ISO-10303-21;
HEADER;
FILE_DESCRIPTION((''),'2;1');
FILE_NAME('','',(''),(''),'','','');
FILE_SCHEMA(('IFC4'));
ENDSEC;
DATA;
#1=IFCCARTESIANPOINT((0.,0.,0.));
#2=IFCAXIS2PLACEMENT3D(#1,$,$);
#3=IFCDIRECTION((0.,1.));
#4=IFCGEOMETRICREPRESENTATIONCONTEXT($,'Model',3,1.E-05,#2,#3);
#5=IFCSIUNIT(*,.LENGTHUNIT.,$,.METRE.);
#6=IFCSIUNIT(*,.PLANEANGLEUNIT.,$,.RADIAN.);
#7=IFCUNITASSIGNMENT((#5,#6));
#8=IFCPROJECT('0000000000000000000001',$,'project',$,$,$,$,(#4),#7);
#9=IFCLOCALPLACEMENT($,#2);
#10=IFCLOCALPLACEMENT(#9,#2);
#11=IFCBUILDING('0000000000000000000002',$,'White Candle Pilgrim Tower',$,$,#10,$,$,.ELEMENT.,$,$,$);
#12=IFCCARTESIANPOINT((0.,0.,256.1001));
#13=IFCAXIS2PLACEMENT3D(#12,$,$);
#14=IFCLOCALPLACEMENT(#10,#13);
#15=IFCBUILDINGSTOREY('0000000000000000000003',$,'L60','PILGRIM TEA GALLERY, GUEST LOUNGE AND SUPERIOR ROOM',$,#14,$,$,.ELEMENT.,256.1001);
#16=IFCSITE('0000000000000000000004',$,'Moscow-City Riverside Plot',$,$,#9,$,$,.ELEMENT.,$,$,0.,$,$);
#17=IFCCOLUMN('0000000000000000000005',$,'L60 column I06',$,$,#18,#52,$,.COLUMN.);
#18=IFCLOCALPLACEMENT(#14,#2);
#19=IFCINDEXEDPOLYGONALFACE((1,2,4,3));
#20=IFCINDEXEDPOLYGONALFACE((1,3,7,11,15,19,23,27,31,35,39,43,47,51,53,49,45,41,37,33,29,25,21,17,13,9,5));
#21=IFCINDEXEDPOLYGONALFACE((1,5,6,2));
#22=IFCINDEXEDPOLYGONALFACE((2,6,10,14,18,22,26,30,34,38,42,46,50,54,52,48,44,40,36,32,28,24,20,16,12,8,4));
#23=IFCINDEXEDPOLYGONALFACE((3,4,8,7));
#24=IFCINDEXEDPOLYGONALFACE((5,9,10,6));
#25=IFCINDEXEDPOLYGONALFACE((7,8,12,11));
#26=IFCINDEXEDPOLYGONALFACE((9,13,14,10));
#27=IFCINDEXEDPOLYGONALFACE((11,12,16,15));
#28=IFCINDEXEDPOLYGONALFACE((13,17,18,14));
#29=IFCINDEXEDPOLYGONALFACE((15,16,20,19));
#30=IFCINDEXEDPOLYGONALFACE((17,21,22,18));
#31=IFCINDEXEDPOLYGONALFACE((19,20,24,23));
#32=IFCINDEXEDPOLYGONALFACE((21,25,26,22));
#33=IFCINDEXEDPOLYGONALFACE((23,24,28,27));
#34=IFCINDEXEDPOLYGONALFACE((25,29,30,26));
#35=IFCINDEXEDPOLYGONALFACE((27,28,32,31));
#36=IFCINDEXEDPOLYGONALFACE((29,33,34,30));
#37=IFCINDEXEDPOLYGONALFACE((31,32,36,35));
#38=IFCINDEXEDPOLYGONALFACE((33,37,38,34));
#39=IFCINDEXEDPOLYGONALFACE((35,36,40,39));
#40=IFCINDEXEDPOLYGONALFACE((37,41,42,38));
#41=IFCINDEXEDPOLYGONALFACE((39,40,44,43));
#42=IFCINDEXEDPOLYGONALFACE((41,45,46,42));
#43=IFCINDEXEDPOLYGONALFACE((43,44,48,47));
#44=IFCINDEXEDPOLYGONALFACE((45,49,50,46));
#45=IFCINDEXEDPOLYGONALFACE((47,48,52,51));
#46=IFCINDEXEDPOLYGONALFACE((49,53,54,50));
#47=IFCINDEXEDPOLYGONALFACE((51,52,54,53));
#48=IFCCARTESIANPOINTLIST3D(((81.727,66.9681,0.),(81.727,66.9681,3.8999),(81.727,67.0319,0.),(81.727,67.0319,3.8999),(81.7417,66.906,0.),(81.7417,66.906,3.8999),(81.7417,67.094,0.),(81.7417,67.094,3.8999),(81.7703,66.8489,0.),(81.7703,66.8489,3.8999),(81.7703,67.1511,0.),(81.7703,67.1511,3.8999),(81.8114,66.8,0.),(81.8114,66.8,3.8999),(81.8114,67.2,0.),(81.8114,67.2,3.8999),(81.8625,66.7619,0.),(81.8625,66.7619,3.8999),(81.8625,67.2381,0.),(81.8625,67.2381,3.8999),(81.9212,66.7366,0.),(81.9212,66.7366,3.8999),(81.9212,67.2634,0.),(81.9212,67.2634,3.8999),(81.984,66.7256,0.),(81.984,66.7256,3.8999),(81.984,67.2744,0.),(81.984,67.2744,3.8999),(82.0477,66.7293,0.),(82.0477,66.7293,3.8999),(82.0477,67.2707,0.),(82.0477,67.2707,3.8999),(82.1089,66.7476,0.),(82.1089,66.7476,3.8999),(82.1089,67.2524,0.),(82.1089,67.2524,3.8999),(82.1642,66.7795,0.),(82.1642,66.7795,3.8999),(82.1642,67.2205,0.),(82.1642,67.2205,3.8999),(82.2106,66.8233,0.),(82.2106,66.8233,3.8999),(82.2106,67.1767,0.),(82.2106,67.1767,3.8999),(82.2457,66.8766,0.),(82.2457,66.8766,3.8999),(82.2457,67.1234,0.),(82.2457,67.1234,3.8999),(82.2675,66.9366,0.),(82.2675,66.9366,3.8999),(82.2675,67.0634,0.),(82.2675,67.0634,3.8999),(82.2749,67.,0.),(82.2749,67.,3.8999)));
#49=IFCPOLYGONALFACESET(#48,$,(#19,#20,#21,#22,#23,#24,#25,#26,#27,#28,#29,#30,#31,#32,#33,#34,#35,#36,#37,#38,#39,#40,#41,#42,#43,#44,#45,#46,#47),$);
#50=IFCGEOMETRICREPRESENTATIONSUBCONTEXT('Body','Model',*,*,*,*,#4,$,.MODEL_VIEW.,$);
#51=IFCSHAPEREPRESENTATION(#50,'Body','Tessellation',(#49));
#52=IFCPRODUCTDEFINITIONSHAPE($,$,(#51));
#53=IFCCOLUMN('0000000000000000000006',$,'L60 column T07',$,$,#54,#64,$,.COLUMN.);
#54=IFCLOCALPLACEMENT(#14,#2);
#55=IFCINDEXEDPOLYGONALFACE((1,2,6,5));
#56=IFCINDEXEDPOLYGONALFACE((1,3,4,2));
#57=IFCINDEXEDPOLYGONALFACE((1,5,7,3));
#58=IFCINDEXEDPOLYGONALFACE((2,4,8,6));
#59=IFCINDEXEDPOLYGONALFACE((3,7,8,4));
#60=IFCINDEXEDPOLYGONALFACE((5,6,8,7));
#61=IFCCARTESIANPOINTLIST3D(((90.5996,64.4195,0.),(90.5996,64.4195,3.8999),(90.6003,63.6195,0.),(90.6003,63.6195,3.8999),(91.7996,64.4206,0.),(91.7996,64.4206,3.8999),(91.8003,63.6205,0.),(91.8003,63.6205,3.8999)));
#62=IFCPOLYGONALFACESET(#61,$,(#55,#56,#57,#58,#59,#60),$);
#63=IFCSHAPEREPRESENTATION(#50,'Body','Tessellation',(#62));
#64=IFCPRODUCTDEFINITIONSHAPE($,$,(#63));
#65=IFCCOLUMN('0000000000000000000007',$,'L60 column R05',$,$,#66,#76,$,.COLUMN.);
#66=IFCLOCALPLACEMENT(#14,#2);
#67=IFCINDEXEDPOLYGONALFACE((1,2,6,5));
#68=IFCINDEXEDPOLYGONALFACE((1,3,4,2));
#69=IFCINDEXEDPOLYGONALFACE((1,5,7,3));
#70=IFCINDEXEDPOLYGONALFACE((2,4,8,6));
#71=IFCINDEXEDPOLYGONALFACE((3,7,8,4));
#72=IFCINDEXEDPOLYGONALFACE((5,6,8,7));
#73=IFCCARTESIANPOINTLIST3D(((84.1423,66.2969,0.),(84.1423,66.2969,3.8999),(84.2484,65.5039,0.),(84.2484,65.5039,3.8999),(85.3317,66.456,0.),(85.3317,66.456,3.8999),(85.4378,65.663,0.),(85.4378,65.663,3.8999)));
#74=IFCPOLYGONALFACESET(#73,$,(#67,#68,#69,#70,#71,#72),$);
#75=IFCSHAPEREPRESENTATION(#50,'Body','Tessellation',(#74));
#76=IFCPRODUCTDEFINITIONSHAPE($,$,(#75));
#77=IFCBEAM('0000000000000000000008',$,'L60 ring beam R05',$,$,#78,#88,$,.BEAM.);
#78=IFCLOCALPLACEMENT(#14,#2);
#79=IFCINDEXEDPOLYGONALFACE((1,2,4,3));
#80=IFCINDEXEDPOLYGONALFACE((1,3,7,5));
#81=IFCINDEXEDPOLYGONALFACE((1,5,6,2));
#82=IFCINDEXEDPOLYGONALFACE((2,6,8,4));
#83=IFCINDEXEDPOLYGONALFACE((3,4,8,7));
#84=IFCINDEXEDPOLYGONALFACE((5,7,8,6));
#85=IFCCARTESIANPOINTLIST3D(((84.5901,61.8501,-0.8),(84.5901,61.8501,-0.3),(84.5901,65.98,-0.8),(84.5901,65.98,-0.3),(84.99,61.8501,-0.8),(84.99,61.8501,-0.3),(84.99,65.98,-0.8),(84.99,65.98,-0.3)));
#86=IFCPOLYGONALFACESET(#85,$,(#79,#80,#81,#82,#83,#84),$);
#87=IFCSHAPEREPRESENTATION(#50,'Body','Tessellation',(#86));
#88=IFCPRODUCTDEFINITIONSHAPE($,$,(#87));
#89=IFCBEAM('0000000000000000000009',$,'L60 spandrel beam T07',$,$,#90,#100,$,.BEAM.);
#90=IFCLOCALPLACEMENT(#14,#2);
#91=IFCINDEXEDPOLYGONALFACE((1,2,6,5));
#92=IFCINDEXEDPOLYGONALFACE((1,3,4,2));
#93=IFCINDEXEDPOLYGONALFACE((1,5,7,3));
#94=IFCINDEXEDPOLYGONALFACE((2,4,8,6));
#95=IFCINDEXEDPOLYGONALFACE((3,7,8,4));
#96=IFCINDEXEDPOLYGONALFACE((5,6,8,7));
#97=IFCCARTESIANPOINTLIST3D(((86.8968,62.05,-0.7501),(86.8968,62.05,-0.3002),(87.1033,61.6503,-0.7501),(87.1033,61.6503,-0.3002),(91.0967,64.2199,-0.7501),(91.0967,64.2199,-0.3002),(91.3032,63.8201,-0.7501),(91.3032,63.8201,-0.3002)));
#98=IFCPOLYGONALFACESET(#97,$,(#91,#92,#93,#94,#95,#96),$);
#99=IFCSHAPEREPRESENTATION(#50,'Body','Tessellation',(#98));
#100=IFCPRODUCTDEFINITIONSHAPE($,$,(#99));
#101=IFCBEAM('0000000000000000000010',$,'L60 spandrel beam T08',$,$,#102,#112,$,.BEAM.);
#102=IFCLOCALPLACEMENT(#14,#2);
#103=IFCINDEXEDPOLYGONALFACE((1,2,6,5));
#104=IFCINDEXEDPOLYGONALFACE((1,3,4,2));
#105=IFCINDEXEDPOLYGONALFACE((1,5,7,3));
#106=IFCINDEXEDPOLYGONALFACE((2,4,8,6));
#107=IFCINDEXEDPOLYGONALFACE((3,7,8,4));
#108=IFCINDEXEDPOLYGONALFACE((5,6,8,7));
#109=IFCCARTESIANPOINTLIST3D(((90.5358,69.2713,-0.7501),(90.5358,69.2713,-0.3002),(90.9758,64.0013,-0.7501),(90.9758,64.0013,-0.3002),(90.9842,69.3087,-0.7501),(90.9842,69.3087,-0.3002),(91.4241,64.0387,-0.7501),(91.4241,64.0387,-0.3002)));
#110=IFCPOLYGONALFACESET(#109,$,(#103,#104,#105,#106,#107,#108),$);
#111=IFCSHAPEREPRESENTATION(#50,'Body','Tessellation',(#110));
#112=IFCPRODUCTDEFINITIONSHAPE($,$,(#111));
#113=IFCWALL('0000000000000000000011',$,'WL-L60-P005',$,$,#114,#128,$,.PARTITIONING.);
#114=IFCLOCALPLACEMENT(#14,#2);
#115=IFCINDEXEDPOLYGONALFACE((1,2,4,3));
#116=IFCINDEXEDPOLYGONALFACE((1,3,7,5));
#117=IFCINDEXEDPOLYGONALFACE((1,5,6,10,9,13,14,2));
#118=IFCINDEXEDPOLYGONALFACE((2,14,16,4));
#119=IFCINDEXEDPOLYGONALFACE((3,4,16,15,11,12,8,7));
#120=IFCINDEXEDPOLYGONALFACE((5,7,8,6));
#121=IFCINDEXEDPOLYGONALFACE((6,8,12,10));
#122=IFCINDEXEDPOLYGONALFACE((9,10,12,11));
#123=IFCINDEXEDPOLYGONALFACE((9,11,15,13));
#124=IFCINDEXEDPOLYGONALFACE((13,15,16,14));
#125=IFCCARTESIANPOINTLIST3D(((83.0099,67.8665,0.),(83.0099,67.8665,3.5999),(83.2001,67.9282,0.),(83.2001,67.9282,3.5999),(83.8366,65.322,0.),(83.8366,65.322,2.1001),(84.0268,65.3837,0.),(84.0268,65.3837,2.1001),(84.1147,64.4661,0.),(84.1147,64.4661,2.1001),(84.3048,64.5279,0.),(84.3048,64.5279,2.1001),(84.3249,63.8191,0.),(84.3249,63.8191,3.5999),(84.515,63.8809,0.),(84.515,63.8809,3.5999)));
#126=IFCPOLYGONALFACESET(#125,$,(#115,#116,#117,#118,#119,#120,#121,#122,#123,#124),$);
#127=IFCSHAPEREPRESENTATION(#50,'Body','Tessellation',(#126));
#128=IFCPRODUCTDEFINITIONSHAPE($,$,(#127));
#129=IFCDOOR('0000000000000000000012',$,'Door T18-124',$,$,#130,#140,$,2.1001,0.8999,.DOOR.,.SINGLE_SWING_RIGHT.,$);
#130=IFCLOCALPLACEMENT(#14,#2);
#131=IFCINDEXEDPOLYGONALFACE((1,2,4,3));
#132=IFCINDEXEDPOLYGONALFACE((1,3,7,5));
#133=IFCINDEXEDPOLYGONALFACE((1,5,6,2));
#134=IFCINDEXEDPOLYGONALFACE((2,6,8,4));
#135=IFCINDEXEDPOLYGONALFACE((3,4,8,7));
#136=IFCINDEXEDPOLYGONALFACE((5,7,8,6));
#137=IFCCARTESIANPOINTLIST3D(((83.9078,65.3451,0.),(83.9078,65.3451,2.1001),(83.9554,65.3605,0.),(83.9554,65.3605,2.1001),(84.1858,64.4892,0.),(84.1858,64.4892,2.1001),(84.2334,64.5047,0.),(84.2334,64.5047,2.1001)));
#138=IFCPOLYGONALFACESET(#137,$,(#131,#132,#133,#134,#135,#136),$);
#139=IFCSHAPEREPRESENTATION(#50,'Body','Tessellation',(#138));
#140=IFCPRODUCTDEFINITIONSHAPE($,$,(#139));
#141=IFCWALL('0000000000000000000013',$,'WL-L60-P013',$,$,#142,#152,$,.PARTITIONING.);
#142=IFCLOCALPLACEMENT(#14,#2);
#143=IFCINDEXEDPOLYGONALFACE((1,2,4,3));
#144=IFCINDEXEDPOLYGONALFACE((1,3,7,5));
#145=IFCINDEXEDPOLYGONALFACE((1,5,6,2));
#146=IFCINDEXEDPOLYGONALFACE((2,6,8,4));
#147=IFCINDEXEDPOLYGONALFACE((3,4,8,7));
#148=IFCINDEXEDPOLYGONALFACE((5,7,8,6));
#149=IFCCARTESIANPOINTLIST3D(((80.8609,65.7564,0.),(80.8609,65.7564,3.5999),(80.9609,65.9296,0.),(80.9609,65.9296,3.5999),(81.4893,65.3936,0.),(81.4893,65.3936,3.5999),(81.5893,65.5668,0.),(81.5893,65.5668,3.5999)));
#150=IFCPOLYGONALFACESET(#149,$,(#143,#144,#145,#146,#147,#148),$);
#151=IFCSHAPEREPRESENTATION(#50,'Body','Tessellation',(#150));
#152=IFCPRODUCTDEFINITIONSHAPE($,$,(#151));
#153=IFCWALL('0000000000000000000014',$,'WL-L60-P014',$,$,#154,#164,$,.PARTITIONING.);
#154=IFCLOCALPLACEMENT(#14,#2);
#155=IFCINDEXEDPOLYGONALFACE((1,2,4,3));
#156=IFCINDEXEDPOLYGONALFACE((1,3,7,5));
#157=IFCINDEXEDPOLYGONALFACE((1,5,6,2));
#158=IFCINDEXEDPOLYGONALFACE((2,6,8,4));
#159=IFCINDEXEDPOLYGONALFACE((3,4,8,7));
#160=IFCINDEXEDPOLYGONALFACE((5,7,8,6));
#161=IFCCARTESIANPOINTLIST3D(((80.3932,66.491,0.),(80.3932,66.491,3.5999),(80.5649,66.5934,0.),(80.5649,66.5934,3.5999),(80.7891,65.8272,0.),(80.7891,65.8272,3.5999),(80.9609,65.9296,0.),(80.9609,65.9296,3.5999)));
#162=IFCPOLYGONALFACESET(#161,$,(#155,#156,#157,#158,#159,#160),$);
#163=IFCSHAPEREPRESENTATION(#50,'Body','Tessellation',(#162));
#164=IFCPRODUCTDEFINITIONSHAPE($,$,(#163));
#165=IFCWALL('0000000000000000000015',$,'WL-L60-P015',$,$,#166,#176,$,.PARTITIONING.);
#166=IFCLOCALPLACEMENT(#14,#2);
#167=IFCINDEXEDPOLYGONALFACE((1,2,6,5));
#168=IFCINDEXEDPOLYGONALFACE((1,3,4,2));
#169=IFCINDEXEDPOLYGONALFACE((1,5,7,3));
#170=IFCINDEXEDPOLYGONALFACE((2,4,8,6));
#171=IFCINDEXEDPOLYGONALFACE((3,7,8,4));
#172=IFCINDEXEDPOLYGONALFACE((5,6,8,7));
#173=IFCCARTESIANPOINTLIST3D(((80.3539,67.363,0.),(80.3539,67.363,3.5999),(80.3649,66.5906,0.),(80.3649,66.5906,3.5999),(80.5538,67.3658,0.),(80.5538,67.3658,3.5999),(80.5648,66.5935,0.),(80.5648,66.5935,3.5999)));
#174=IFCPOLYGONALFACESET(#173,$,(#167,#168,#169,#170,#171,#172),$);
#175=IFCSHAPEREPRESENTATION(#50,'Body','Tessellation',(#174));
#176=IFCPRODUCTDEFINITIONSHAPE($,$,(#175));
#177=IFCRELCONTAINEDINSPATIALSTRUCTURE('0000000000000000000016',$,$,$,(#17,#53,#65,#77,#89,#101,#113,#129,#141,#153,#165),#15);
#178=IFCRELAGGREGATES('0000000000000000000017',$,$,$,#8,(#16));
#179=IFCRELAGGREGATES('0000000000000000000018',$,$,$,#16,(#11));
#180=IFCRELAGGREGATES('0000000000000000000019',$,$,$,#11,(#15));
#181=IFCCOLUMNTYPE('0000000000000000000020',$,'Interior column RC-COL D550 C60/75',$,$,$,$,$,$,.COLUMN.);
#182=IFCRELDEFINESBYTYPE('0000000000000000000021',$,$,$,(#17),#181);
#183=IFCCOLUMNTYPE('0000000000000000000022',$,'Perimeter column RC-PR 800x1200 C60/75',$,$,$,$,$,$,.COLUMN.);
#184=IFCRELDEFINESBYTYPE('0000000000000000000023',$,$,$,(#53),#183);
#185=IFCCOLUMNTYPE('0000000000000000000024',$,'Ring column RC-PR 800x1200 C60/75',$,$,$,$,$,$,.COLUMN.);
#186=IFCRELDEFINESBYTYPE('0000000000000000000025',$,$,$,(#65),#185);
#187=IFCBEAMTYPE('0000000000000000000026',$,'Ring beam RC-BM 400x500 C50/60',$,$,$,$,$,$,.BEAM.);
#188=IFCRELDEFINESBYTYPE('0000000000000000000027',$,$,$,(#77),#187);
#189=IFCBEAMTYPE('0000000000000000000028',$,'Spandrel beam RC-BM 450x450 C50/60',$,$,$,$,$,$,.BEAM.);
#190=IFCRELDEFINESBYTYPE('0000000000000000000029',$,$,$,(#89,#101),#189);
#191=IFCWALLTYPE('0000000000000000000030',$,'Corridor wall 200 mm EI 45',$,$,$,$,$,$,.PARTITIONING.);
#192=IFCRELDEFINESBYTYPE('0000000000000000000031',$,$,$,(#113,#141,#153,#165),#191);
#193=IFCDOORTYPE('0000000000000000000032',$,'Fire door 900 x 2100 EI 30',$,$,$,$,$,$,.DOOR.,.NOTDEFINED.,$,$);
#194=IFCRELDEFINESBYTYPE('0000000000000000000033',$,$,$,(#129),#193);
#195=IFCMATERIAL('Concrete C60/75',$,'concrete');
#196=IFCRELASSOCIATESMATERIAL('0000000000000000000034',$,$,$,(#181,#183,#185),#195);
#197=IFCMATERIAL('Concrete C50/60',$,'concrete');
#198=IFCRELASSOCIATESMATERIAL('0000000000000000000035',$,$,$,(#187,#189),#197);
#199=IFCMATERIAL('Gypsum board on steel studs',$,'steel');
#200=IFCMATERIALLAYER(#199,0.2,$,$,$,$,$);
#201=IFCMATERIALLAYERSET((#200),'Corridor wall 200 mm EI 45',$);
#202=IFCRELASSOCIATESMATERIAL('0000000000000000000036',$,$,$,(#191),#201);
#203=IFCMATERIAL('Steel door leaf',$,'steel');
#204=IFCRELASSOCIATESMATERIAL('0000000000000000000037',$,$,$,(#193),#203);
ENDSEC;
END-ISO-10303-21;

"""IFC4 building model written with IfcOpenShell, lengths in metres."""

from ifc_helpers import new_model, si_unit, direction, frame, frame_2d, origin, origin_2d, place, context, subcontext, project, spatial, rectangle, circle, extrude, material, layer, layer_set, material_profile, profile_set, type_object, element, fill, save


model = new_model("IFC4")

# Units and contexts
model_context = context("Model", 3, precision=1e-05, world=origin(), true_north=direction((0.0, 1.0)))
body_context = subcontext(model_context, "Body", "Model", "MODEL_VIEW")
ifc_project = project(units=[si_unit("LENGTHUNIT", "METRE"), si_unit("PLANEANGLEUNIT", "RADIAN")], contexts=[model_context])

# Site, building, storey
site_placement = place(None, origin())
site = spatial("IfcSite", under=ifc_project, at=site_placement, Name="Moscow-City Riverside Plot", CompositionType="ELEMENT", RefElevation=0.0)
building_placement = place(site_placement, origin())
building = spatial("IfcBuilding", under=site, at=building_placement, Name="White Candle Pilgrim Tower", CompositionType="ELEMENT")
storey_placement = place(building_placement, frame((0.0, 0.0, 256.1001)))
storey = spatial("IfcBuildingStorey", under=building, at=storey_placement, Name="L60", Description="PILGRIM TEA GALLERY, GUEST LOUNGE AND SUPERIOR ROOM", CompositionType="ELEMENT", Elevation=256.1001)

# Columns
ifc_material_1 = material(Name="Concrete C60/75", Category="concrete")
ifc_material_profile_1 = material_profile(ifc_material_1, circle(Radius=0.2749, at=origin_2d()), Name="RC-COL D550")
ifc_profile_set_1 = profile_set([ifc_material_profile_1], Name="Concrete C60/75")
column_type_1 = type_object("IfcColumnType", Name="Interior column RC-COL D550 C60/75", PredefinedType="COLUMN", material=ifc_profile_set_1)
column_1_placement = place(storey_placement, frame((82.0, 67.0, 0.0), z_axis=(0.0, 0.0, 1.0), x_axis=(1.0, 0.0, 0.0)))
element("IfcColumn", 1, at=column_1_placement, inside=storey, type_object=column_type_1, Name="L60 column I06", PredefinedType="COLUMN", context=body_context, shape_type="SweptSolid", body=[
    extrude(circle(Radius=0.2749, at=origin_2d()), origin(), (0.0, 0.0, 1.0), 3.8999),
])
ifc_material_profile_2 = material_profile(ifc_material_1, rectangle(XDim=0.8, YDim=1.2, at=origin_2d()), Name="RC-PR 800x1200")
ifc_profile_set_2 = profile_set([ifc_material_profile_2], Name="Concrete C60/75")
column_type_2 = type_object("IfcColumnType", Name="Perimeter column RC-PR 800x1200 C60/75", PredefinedType="COLUMN", material=ifc_profile_set_2)
column_2_placement = place(storey_placement, frame((91.2, 64.02, 0.0), z_axis=(0.0, 0.0, 1.0), x_axis=(0.000855, -1.0, 0.0)))
element("IfcColumn", 2, at=column_2_placement, inside=storey, type_object=column_type_2, Name="L60 column T07", PredefinedType="COLUMN", context=body_context, shape_type="SweptSolid", body=[
    extrude(rectangle(XDim=0.8, YDim=1.2, at=origin_2d()), origin(), (0.0, 0.0, 1.0), 3.8999),
])
ifc_material_profile_3 = material_profile(ifc_material_1, rectangle(XDim=0.8, YDim=1.2, at=origin_2d()), Name="RC-PR 800x1200")
ifc_profile_set_3 = profile_set([ifc_material_profile_3], Name="Concrete C60/75")
column_type_3 = type_object("IfcColumnType", Name="Ring column RC-PR 800x1200 C60/75", PredefinedType="COLUMN", material=ifc_profile_set_3)
column_3_placement = place(storey_placement, frame((84.79, 65.98, 0.0), z_axis=(0.0, 0.0, 1.0), x_axis=(0.132602, -0.991169, 0.0)))
element("IfcColumn", 3, at=column_3_placement, inside=storey, type_object=column_type_3, Name="L60 column R05", PredefinedType="COLUMN", context=body_context, shape_type="SweptSolid", body=[
    extrude(rectangle(XDim=0.8, YDim=1.2, at=origin_2d()), origin(), (0.0, 0.0, 1.0), 3.8999),
])

# Beams
ifc_material_2 = material(Name="Concrete C50/60", Category="concrete")
ifc_material_profile_4 = material_profile(ifc_material_2, rectangle(XDim=0.3999, YDim=0.5, at=origin_2d()), Name="RC-BM 400x500")
ifc_profile_set_4 = profile_set([ifc_material_profile_4], Name="Concrete C50/60")
beam_type_1 = type_object("IfcBeamType", Name="Ring beam RC-BM 400x500 C50/60", PredefinedType="BEAM", material=ifc_profile_set_4)
beam_1_placement = place(storey_placement, frame((84.79, 65.98, -0.55), z_axis=(0.0, -1.0, 0.0), x_axis=(1.0, 0.0, 0.0)))
element("IfcBeam", 4, at=beam_1_placement, inside=storey, type_object=beam_type_1, Name="L60 ring beam R05", PredefinedType="BEAM", context=body_context, shape_type="SweptSolid", body=[
    extrude(rectangle(XDim=0.3999, YDim=0.5, at=origin_2d()), origin(), (0.0, 0.0, 1.0), 4.1299),
])
ifc_material_profile_5 = material_profile(ifc_material_2, rectangle(XDim=0.45, YDim=0.45, at=origin_2d()), Name="RC-BM 450x450")
ifc_profile_set_5 = profile_set([ifc_material_profile_5], Name="Concrete C50/60")
beam_type_2 = type_object("IfcBeamType", Name="Spandrel beam RC-BM 450x450 C50/60", PredefinedType="BEAM", material=ifc_profile_set_5)
beam_2_placement = place(storey_placement, frame((91.2, 64.02, -0.5251), z_axis=(-0.88843, -0.459011, 0.0), x_axis=(0.459011, -0.88843, 0.0)))
element("IfcBeam", 5, at=beam_2_placement, inside=storey, type_object=beam_type_2, Name="L60 spandrel beam T07", PredefinedType="BEAM", context=body_context, shape_type="SweptSolid", body=[
    extrude(rectangle(XDim=0.45, YDim=0.45, at=origin_2d()), origin(), (0.0, 0.0, 1.0), 4.7273),
])
beam_3_placement = place(storey_placement, frame((91.2, 64.02, -0.5251), z_axis=(-0.083191, 0.996534, 0.0), x_axis=(-0.996534, -0.083191, 0.0)))
element("IfcBeam", 6, at=beam_3_placement, inside=storey, type_object=beam_type_2, Name="L60 spandrel beam T08", PredefinedType="BEAM", context=body_context, shape_type="SweptSolid", body=[
    extrude(rectangle(XDim=0.45, YDim=0.45, at=origin_2d()), origin(), (0.0, 0.0, 1.0), 5.2883),
])

# Wall, opening, door
ifc_material_3 = material(Name="Gypsum board on steel studs", Category="steel")
ifc_layer_1 = layer(ifc_material_3, 0.2)
ifc_layer_set_1 = layer_set([ifc_layer_1], Name="Corridor wall 200 mm EI 45")
wall_type_1 = type_object("IfcWallType", Name="Corridor wall 200 mm EI 45", PredefinedType="PARTITIONING", material=ifc_layer_set_1)
wall_1_placement = place(storey_placement, frame((83.105, 67.8975, 0.0), z_axis=(0.0, 0.0, 1.0), x_axis=(0.30899, -0.951065, 0.0)))
wall_1 = element("IfcWall", 7, at=wall_1_placement, inside=storey, type_object=wall_type_1, Name="WL-L60-P005", PredefinedType="PARTITIONING", context=body_context, shape_type="SweptSolid", body=[
    extrude(rectangle(XDim=4.2556, YDim=0.2, at=frame_2d((2.1279, 0.0))), origin(), (0.0, 0.0, 1.0), 3.5999),
])
opening_1_placement = place(wall_1_placement, frame((2.6755, 0.0, 0.0)))
opening_1 = element("IfcOpeningElement", 8, at=opening_1_placement, cuts=wall_1, PredefinedType="OPENING", context=body_context, shape_type="SweptSolid", body=[
    extrude(rectangle(XDim=0.8999, YDim=2.1001, at=frame_2d((0.45, 1.05))), frame((0.0, 0.1099, 0.0), z_axis=(0.0, -1.0, 0.0), x_axis=(1.0, 0.0, 0.0)), (0.0, 0.0, 1.0), 0.22),
])
ifc_material_4 = material(Name="Steel door leaf", Category="steel")
door_type = type_object("IfcDoorType", Name="Fire door 900 x 2100 EI 30", OperationType="NOTDEFINED", PredefinedType="DOOR", material=ifc_material_4)
door_placement = place(opening_1_placement, origin())
door = element("IfcDoor", 9, at=door_placement, inside=storey, type_object=door_type, Name="Door T18-124", OperationType="SINGLE_SWING_RIGHT", OverallHeight=2.1001, OverallWidth=0.8999, PredefinedType="DOOR", context=body_context, shape_type="SweptSolid", body=[
    extrude(rectangle(XDim=0.8999, YDim=2.1001, at=frame_2d((0.45, 1.05))), frame((0.0, 0.0249, 0.0), z_axis=(0.0, -1.0, 0.0), x_axis=(1.0, 0.0, 0.0)), (0.0, 0.0, 1.0), 0.05),
])
fill(opening_1, door)

# Walls
wall_2_placement = place(storey_placement, frame((81.5393, 65.4802, 0.0), z_axis=(0.0, 0.0, 1.0), x_axis=(-0.86604, 0.499975, 0.0)))
element("IfcWall", 10, at=wall_2_placement, inside=storey, type_object=wall_type_1, Name="WL-L60-P013", PredefinedType="PARTITIONING", context=body_context, shape_type="SweptSolid", body=[
    extrude(rectangle(XDim=0.7256, YDim=0.2, at=frame_2d((0.3628, 0.0))), origin(), (0.0, 0.0, 1.0), 3.5999),
])
wall_3_placement = place(storey_placement, frame((80.875, 65.8784, 0.0), z_axis=(0.0, 0.0, 1.0), x_axis=(-0.512311, 0.8588, 0.0)))
element("IfcWall", 11, at=wall_3_placement, inside=storey, type_object=wall_type_1, Name="WL-L60-P014", PredefinedType="PARTITIONING", context=body_context, shape_type="SweptSolid", body=[
    extrude(rectangle(XDim=0.7729, YDim=0.2, at=frame_2d((0.3865, 0.0))), origin(), (0.0, 0.0, 1.0), 3.5999),
])
wall_4_placement = place(storey_placement, frame((80.4648, 66.592, 0.0), z_axis=(0.0, 0.0, 1.0), x_axis=(-0.014221, 0.999899, 0.0)))
element("IfcWall", 12, at=wall_4_placement, inside=storey, type_object=wall_type_1, Name="WL-L60-P015", PredefinedType="PARTITIONING", context=body_context, shape_type="SweptSolid", body=[
    extrude(rectangle(XDim=0.7725, YDim=0.2, at=frame_2d((0.3862, 0.0))), origin(), (0.0, 0.0, 1.0), 3.5999),
])

save(model, "model.ifc")
